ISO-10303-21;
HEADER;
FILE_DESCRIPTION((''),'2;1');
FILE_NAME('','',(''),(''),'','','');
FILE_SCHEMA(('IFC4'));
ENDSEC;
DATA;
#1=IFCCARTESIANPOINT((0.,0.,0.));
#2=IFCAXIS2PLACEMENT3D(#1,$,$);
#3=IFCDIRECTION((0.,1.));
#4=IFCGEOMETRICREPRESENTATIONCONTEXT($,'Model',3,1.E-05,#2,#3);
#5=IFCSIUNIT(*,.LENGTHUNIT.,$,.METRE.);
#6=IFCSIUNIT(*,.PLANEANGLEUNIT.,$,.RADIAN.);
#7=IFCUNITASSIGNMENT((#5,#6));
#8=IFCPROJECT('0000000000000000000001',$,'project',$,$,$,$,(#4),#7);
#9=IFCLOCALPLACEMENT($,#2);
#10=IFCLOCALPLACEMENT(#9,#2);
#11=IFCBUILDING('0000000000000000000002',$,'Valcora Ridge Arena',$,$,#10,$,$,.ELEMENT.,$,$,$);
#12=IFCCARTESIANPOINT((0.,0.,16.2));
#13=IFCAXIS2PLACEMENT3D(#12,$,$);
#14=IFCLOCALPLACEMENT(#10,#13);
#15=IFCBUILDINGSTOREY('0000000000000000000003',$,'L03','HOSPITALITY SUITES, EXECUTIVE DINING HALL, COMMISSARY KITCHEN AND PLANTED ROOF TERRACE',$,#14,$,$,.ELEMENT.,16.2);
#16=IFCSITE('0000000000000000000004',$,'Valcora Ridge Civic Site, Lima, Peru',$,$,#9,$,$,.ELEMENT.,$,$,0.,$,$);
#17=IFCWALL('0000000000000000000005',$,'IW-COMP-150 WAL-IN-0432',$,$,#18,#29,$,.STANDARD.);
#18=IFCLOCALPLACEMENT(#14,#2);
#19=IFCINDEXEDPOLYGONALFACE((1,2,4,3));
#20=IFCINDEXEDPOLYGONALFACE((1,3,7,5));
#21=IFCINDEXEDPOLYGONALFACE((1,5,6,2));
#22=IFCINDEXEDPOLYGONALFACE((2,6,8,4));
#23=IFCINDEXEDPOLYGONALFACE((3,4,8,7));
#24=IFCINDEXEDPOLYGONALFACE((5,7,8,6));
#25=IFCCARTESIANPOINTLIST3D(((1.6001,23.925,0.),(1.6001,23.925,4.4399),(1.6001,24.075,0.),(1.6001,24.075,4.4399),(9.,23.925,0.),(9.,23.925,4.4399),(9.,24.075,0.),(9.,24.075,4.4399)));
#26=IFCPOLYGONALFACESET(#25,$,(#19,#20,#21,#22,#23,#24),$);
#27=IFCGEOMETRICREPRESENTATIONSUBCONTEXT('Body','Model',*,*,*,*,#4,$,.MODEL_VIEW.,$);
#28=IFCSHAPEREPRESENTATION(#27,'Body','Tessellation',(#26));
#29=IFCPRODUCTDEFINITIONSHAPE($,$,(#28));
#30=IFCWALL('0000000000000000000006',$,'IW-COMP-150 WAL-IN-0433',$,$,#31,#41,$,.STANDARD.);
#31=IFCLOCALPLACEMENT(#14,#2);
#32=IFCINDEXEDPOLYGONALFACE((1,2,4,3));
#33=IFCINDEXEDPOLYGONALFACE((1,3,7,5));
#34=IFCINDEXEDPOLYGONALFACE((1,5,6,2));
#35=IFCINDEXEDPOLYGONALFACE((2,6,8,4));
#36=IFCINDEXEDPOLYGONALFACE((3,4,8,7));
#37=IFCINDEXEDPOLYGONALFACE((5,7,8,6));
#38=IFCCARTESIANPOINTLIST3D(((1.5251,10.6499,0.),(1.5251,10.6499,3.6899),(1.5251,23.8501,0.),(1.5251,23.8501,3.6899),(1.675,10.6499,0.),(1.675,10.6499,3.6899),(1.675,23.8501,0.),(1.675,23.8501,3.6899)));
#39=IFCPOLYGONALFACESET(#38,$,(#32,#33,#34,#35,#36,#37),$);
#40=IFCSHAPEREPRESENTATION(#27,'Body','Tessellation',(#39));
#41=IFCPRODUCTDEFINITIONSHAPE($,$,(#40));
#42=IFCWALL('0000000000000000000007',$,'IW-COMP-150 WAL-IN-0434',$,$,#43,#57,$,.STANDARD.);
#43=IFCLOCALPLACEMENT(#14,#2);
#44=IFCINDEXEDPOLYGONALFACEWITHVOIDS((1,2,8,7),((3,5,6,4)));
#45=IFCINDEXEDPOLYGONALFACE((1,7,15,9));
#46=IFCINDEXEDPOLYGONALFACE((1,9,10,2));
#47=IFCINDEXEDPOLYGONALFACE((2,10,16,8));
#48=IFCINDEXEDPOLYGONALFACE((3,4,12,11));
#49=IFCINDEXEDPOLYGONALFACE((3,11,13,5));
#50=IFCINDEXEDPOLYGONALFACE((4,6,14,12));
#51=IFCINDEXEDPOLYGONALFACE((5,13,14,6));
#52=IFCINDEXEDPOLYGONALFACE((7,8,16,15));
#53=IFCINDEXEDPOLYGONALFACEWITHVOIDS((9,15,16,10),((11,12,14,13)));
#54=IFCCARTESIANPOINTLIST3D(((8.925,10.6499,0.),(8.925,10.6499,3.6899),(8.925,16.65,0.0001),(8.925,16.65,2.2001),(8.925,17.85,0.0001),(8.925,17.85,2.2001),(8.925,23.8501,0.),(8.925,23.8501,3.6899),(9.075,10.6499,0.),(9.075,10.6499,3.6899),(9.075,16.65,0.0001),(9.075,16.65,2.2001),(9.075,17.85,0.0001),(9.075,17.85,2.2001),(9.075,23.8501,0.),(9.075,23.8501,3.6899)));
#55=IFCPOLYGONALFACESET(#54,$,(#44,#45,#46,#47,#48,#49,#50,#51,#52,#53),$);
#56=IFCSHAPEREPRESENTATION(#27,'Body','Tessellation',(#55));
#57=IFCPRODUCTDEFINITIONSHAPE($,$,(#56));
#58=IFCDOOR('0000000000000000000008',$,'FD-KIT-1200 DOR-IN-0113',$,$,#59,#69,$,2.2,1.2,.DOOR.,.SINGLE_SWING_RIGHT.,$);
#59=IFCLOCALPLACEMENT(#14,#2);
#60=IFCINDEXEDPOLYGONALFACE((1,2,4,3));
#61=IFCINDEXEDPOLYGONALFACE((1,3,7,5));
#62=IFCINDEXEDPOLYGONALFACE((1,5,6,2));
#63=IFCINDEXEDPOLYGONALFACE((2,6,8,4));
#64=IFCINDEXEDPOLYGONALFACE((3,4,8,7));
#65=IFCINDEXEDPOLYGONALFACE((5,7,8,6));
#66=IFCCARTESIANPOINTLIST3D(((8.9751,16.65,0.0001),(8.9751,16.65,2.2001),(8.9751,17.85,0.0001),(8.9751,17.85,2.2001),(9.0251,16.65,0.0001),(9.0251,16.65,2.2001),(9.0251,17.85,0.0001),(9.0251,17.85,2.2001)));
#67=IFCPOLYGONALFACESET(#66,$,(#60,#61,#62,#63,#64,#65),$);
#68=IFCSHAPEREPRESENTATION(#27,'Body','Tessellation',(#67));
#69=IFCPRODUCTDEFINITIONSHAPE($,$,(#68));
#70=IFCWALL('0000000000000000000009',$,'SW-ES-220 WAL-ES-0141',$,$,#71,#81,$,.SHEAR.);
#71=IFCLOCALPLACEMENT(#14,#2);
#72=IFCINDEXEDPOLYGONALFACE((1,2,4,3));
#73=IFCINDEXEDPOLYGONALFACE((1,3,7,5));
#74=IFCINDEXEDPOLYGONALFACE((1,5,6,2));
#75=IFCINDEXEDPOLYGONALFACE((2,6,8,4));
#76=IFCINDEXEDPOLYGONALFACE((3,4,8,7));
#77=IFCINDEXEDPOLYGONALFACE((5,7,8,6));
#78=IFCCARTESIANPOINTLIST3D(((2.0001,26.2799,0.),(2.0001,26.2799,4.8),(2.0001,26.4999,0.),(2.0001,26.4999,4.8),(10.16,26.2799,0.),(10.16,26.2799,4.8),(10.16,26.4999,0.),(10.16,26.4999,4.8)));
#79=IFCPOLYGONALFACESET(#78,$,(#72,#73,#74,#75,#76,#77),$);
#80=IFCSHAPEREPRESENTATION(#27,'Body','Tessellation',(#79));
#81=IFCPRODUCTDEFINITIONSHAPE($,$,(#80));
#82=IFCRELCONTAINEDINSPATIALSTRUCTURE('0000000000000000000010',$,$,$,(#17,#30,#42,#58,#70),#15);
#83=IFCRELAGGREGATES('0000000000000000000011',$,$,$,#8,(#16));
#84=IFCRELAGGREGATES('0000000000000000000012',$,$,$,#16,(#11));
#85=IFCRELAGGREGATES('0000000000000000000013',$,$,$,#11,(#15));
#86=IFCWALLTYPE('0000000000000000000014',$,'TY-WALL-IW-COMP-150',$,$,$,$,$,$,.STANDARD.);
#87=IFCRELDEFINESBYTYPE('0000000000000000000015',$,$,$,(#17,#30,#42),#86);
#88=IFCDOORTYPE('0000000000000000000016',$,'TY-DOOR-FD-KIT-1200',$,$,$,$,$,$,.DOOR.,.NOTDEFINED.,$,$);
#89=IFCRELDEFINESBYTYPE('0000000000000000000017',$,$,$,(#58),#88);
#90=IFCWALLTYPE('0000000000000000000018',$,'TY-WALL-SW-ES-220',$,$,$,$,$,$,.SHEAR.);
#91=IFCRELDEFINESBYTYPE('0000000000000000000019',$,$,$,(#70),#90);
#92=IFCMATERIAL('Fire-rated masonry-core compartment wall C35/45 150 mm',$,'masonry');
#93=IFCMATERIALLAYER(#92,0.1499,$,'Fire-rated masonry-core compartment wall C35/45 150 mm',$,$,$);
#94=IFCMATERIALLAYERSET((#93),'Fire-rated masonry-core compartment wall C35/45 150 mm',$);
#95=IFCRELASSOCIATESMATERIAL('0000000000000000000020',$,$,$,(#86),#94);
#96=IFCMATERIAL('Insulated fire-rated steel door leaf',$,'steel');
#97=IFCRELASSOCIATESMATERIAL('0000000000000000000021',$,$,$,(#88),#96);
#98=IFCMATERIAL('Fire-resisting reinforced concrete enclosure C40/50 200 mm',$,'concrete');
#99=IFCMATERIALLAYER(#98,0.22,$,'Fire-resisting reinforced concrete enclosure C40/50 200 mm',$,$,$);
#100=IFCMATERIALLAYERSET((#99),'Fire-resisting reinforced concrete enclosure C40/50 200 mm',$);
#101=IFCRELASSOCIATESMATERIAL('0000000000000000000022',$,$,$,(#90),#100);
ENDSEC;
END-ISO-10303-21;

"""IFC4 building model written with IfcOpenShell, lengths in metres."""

from ifc_helpers import new_model, si_unit, direction, frame, frame_2d, origin, place, context, subcontext, project, spatial, rectangle, extrude, material, layer, layer_set, type_object, element, fill, save


model = new_model("IFC4")

# Units and contexts
model_context = context("Model", 3, precision=1e-05, world=origin(), true_north=direction((0.0, 1.0)))
body_context = subcontext(model_context, "Body", "Model", "MODEL_VIEW")
ifc_project = project(units=[si_unit("LENGTHUNIT", "METRE"), si_unit("PLANEANGLEUNIT", "RADIAN")], contexts=[model_context])

# Site, building, storey
site_placement = place(None, origin())
site = spatial("IfcSite", under=ifc_project, at=site_placement, Name="Valcora Ridge Civic Site, Lima, Peru", CompositionType="ELEMENT", RefElevation=0.0)
building_placement = place(site_placement, origin())
building = spatial("IfcBuilding", under=site, at=building_placement, Name="Valcora Ridge Arena", CompositionType="ELEMENT")
storey_placement = place(building_placement, frame((0.0, 0.0, 16.2)))
storey = spatial("IfcBuildingStorey", under=building, at=storey_placement, Name="L03", Description="HOSPITALITY SUITES, EXECUTIVE DINING HALL, COMMISSARY KITCHEN AND PLANTED ROOF TERRACE", CompositionType="ELEMENT", Elevation=16.2)

# Walls
ifc_material_1 = material(Name="Fire-rated masonry-core compartment wall C35/45 150 mm", Category="masonry")
ifc_layer_1 = layer(ifc_material_1, 0.1499, Name="Fire-rated masonry-core compartment wall C35/45 150 mm")
ifc_layer_set_1 = layer_set([ifc_layer_1], Name="Fire-rated masonry-core compartment wall C35/45 150 mm")
wall_type_1 = type_object("IfcWallType", Name="TY-WALL-IW-COMP-150", PredefinedType="STANDARD", material=ifc_layer_set_1)
wall_1_placement = place(storey_placement, frame((1.6001, 24.0, 0.0), z_axis=(0.0, 0.0, 1.0), x_axis=(1.0, 0.0, 0.0)))
element("IfcWall", 1, at=wall_1_placement, inside=storey, type_object=wall_type_1, Name="IW-COMP-150 WAL-IN-0432", PredefinedType="STANDARD", context=body_context, shape_type="SweptSolid", body=[
    extrude(rectangle(XDim=7.3999, YDim=0.1499, at=frame_2d((3.7, 0.0))), origin(), (0.0, 0.0, 1.0), 4.4399),
])
wall_2_placement = place(storey_placement, frame((1.6001, 10.6499, 0.0), z_axis=(0.0, 0.0, 1.0), x_axis=(0.0, 1.0, 0.0)))
element("IfcWall", 2, at=wall_2_placement, inside=storey, type_object=wall_type_1, Name="IW-COMP-150 WAL-IN-0433", PredefinedType="STANDARD", context=body_context, shape_type="SweptSolid", body=[
    extrude(rectangle(XDim=13.2002, YDim=0.1499, at=frame_2d((6.6001, 0.0))), origin(), (0.0, 0.0, 1.0), 3.6899),
])

# Wall, opening, door
wall_3_placement = place(storey_placement, frame((9.0, 10.6499, 0.0), z_axis=(0.0, 0.0, 1.0), x_axis=(0.0, 1.0, 0.0)))
wall_3 = element("IfcWall", 3, at=wall_3_placement, inside=storey, type_object=wall_type_1, Name="IW-COMP-150 WAL-IN-0434", PredefinedType="STANDARD", context=body_context, shape_type="SweptSolid", body=[
    extrude(rectangle(XDim=13.2002, YDim=0.1499, at=frame_2d((6.6001, 0.0))), origin(), (0.0, 0.0, 1.0), 3.6899),
])
opening_placement = place(wall_3_placement, frame((6.0, 0.0, 0.0)))
opening = element("IfcOpeningElement", 4, at=opening_placement, cuts=wall_3, PredefinedType="OPENING", context=body_context, shape_type="SweptSolid", body=[
    extrude(rectangle(XDim=1.2, YDim=2.2, at=frame_2d((0.6001, 1.1001))), frame((0.0, 0.085, 0.0), z_axis=(0.0, -1.0, 0.0), x_axis=(1.0, 0.0, 0.0)), (0.0, 0.0, 1.0), 0.1699),
])
ifc_material_2 = material(Name="Insulated fire-rated steel door leaf", Category="steel")
door_type = type_object("IfcDoorType", Name="TY-DOOR-FD-KIT-1200", OperationType="NOTDEFINED", PredefinedType="DOOR", material=ifc_material_2)
door_placement = place(opening_placement, origin())
door = element("IfcDoor", 5, at=door_placement, inside=storey, type_object=door_type, Name="FD-KIT-1200 DOR-IN-0113", OperationType="SINGLE_SWING_RIGHT", OverallHeight=2.2, OverallWidth=1.2, PredefinedType="DOOR", context=body_context, shape_type="SweptSolid", body=[
    extrude(rectangle(XDim=1.2, YDim=2.2, at=frame_2d((0.6001, 1.1001))), frame((0.0, 0.0249, 0.0), z_axis=(0.0, -1.0, 0.0), x_axis=(1.0, 0.0, 0.0)), (0.0, 0.0, 1.0), 0.05),
])
fill(opening, door)

# Wall
ifc_material_3 = material(Name="Fire-resisting reinforced concrete enclosure C40/50 200 mm", Category="concrete")
ifc_layer_2 = layer(ifc_material_3, 0.22, Name="Fire-resisting reinforced concrete enclosure C40/50 200 mm")
ifc_layer_set_2 = layer_set([ifc_layer_2], Name="Fire-resisting reinforced concrete enclosure C40/50 200 mm")
wall_type_2 = type_object("IfcWallType", Name="TY-WALL-SW-ES-220", PredefinedType="SHEAR", material=ifc_layer_set_2)
wall_4_placement = place(storey_placement, frame((2.0, 26.3899, 0.0), z_axis=(0.0, 0.0, 1.0), x_axis=(1.0, 0.0, 0.0)))
element("IfcWall", 6, at=wall_4_placement, inside=storey, type_object=wall_type_2, Name="SW-ES-220 WAL-ES-0141", PredefinedType="SHEAR", context=body_context, shape_type="SweptSolid", body=[
    extrude(rectangle(XDim=8.1599, YDim=0.22, at=frame_2d((4.0801, 0.0))), origin(), (0.0, 0.0, 1.0), 4.8),
])

save(model, "model.ifc")
